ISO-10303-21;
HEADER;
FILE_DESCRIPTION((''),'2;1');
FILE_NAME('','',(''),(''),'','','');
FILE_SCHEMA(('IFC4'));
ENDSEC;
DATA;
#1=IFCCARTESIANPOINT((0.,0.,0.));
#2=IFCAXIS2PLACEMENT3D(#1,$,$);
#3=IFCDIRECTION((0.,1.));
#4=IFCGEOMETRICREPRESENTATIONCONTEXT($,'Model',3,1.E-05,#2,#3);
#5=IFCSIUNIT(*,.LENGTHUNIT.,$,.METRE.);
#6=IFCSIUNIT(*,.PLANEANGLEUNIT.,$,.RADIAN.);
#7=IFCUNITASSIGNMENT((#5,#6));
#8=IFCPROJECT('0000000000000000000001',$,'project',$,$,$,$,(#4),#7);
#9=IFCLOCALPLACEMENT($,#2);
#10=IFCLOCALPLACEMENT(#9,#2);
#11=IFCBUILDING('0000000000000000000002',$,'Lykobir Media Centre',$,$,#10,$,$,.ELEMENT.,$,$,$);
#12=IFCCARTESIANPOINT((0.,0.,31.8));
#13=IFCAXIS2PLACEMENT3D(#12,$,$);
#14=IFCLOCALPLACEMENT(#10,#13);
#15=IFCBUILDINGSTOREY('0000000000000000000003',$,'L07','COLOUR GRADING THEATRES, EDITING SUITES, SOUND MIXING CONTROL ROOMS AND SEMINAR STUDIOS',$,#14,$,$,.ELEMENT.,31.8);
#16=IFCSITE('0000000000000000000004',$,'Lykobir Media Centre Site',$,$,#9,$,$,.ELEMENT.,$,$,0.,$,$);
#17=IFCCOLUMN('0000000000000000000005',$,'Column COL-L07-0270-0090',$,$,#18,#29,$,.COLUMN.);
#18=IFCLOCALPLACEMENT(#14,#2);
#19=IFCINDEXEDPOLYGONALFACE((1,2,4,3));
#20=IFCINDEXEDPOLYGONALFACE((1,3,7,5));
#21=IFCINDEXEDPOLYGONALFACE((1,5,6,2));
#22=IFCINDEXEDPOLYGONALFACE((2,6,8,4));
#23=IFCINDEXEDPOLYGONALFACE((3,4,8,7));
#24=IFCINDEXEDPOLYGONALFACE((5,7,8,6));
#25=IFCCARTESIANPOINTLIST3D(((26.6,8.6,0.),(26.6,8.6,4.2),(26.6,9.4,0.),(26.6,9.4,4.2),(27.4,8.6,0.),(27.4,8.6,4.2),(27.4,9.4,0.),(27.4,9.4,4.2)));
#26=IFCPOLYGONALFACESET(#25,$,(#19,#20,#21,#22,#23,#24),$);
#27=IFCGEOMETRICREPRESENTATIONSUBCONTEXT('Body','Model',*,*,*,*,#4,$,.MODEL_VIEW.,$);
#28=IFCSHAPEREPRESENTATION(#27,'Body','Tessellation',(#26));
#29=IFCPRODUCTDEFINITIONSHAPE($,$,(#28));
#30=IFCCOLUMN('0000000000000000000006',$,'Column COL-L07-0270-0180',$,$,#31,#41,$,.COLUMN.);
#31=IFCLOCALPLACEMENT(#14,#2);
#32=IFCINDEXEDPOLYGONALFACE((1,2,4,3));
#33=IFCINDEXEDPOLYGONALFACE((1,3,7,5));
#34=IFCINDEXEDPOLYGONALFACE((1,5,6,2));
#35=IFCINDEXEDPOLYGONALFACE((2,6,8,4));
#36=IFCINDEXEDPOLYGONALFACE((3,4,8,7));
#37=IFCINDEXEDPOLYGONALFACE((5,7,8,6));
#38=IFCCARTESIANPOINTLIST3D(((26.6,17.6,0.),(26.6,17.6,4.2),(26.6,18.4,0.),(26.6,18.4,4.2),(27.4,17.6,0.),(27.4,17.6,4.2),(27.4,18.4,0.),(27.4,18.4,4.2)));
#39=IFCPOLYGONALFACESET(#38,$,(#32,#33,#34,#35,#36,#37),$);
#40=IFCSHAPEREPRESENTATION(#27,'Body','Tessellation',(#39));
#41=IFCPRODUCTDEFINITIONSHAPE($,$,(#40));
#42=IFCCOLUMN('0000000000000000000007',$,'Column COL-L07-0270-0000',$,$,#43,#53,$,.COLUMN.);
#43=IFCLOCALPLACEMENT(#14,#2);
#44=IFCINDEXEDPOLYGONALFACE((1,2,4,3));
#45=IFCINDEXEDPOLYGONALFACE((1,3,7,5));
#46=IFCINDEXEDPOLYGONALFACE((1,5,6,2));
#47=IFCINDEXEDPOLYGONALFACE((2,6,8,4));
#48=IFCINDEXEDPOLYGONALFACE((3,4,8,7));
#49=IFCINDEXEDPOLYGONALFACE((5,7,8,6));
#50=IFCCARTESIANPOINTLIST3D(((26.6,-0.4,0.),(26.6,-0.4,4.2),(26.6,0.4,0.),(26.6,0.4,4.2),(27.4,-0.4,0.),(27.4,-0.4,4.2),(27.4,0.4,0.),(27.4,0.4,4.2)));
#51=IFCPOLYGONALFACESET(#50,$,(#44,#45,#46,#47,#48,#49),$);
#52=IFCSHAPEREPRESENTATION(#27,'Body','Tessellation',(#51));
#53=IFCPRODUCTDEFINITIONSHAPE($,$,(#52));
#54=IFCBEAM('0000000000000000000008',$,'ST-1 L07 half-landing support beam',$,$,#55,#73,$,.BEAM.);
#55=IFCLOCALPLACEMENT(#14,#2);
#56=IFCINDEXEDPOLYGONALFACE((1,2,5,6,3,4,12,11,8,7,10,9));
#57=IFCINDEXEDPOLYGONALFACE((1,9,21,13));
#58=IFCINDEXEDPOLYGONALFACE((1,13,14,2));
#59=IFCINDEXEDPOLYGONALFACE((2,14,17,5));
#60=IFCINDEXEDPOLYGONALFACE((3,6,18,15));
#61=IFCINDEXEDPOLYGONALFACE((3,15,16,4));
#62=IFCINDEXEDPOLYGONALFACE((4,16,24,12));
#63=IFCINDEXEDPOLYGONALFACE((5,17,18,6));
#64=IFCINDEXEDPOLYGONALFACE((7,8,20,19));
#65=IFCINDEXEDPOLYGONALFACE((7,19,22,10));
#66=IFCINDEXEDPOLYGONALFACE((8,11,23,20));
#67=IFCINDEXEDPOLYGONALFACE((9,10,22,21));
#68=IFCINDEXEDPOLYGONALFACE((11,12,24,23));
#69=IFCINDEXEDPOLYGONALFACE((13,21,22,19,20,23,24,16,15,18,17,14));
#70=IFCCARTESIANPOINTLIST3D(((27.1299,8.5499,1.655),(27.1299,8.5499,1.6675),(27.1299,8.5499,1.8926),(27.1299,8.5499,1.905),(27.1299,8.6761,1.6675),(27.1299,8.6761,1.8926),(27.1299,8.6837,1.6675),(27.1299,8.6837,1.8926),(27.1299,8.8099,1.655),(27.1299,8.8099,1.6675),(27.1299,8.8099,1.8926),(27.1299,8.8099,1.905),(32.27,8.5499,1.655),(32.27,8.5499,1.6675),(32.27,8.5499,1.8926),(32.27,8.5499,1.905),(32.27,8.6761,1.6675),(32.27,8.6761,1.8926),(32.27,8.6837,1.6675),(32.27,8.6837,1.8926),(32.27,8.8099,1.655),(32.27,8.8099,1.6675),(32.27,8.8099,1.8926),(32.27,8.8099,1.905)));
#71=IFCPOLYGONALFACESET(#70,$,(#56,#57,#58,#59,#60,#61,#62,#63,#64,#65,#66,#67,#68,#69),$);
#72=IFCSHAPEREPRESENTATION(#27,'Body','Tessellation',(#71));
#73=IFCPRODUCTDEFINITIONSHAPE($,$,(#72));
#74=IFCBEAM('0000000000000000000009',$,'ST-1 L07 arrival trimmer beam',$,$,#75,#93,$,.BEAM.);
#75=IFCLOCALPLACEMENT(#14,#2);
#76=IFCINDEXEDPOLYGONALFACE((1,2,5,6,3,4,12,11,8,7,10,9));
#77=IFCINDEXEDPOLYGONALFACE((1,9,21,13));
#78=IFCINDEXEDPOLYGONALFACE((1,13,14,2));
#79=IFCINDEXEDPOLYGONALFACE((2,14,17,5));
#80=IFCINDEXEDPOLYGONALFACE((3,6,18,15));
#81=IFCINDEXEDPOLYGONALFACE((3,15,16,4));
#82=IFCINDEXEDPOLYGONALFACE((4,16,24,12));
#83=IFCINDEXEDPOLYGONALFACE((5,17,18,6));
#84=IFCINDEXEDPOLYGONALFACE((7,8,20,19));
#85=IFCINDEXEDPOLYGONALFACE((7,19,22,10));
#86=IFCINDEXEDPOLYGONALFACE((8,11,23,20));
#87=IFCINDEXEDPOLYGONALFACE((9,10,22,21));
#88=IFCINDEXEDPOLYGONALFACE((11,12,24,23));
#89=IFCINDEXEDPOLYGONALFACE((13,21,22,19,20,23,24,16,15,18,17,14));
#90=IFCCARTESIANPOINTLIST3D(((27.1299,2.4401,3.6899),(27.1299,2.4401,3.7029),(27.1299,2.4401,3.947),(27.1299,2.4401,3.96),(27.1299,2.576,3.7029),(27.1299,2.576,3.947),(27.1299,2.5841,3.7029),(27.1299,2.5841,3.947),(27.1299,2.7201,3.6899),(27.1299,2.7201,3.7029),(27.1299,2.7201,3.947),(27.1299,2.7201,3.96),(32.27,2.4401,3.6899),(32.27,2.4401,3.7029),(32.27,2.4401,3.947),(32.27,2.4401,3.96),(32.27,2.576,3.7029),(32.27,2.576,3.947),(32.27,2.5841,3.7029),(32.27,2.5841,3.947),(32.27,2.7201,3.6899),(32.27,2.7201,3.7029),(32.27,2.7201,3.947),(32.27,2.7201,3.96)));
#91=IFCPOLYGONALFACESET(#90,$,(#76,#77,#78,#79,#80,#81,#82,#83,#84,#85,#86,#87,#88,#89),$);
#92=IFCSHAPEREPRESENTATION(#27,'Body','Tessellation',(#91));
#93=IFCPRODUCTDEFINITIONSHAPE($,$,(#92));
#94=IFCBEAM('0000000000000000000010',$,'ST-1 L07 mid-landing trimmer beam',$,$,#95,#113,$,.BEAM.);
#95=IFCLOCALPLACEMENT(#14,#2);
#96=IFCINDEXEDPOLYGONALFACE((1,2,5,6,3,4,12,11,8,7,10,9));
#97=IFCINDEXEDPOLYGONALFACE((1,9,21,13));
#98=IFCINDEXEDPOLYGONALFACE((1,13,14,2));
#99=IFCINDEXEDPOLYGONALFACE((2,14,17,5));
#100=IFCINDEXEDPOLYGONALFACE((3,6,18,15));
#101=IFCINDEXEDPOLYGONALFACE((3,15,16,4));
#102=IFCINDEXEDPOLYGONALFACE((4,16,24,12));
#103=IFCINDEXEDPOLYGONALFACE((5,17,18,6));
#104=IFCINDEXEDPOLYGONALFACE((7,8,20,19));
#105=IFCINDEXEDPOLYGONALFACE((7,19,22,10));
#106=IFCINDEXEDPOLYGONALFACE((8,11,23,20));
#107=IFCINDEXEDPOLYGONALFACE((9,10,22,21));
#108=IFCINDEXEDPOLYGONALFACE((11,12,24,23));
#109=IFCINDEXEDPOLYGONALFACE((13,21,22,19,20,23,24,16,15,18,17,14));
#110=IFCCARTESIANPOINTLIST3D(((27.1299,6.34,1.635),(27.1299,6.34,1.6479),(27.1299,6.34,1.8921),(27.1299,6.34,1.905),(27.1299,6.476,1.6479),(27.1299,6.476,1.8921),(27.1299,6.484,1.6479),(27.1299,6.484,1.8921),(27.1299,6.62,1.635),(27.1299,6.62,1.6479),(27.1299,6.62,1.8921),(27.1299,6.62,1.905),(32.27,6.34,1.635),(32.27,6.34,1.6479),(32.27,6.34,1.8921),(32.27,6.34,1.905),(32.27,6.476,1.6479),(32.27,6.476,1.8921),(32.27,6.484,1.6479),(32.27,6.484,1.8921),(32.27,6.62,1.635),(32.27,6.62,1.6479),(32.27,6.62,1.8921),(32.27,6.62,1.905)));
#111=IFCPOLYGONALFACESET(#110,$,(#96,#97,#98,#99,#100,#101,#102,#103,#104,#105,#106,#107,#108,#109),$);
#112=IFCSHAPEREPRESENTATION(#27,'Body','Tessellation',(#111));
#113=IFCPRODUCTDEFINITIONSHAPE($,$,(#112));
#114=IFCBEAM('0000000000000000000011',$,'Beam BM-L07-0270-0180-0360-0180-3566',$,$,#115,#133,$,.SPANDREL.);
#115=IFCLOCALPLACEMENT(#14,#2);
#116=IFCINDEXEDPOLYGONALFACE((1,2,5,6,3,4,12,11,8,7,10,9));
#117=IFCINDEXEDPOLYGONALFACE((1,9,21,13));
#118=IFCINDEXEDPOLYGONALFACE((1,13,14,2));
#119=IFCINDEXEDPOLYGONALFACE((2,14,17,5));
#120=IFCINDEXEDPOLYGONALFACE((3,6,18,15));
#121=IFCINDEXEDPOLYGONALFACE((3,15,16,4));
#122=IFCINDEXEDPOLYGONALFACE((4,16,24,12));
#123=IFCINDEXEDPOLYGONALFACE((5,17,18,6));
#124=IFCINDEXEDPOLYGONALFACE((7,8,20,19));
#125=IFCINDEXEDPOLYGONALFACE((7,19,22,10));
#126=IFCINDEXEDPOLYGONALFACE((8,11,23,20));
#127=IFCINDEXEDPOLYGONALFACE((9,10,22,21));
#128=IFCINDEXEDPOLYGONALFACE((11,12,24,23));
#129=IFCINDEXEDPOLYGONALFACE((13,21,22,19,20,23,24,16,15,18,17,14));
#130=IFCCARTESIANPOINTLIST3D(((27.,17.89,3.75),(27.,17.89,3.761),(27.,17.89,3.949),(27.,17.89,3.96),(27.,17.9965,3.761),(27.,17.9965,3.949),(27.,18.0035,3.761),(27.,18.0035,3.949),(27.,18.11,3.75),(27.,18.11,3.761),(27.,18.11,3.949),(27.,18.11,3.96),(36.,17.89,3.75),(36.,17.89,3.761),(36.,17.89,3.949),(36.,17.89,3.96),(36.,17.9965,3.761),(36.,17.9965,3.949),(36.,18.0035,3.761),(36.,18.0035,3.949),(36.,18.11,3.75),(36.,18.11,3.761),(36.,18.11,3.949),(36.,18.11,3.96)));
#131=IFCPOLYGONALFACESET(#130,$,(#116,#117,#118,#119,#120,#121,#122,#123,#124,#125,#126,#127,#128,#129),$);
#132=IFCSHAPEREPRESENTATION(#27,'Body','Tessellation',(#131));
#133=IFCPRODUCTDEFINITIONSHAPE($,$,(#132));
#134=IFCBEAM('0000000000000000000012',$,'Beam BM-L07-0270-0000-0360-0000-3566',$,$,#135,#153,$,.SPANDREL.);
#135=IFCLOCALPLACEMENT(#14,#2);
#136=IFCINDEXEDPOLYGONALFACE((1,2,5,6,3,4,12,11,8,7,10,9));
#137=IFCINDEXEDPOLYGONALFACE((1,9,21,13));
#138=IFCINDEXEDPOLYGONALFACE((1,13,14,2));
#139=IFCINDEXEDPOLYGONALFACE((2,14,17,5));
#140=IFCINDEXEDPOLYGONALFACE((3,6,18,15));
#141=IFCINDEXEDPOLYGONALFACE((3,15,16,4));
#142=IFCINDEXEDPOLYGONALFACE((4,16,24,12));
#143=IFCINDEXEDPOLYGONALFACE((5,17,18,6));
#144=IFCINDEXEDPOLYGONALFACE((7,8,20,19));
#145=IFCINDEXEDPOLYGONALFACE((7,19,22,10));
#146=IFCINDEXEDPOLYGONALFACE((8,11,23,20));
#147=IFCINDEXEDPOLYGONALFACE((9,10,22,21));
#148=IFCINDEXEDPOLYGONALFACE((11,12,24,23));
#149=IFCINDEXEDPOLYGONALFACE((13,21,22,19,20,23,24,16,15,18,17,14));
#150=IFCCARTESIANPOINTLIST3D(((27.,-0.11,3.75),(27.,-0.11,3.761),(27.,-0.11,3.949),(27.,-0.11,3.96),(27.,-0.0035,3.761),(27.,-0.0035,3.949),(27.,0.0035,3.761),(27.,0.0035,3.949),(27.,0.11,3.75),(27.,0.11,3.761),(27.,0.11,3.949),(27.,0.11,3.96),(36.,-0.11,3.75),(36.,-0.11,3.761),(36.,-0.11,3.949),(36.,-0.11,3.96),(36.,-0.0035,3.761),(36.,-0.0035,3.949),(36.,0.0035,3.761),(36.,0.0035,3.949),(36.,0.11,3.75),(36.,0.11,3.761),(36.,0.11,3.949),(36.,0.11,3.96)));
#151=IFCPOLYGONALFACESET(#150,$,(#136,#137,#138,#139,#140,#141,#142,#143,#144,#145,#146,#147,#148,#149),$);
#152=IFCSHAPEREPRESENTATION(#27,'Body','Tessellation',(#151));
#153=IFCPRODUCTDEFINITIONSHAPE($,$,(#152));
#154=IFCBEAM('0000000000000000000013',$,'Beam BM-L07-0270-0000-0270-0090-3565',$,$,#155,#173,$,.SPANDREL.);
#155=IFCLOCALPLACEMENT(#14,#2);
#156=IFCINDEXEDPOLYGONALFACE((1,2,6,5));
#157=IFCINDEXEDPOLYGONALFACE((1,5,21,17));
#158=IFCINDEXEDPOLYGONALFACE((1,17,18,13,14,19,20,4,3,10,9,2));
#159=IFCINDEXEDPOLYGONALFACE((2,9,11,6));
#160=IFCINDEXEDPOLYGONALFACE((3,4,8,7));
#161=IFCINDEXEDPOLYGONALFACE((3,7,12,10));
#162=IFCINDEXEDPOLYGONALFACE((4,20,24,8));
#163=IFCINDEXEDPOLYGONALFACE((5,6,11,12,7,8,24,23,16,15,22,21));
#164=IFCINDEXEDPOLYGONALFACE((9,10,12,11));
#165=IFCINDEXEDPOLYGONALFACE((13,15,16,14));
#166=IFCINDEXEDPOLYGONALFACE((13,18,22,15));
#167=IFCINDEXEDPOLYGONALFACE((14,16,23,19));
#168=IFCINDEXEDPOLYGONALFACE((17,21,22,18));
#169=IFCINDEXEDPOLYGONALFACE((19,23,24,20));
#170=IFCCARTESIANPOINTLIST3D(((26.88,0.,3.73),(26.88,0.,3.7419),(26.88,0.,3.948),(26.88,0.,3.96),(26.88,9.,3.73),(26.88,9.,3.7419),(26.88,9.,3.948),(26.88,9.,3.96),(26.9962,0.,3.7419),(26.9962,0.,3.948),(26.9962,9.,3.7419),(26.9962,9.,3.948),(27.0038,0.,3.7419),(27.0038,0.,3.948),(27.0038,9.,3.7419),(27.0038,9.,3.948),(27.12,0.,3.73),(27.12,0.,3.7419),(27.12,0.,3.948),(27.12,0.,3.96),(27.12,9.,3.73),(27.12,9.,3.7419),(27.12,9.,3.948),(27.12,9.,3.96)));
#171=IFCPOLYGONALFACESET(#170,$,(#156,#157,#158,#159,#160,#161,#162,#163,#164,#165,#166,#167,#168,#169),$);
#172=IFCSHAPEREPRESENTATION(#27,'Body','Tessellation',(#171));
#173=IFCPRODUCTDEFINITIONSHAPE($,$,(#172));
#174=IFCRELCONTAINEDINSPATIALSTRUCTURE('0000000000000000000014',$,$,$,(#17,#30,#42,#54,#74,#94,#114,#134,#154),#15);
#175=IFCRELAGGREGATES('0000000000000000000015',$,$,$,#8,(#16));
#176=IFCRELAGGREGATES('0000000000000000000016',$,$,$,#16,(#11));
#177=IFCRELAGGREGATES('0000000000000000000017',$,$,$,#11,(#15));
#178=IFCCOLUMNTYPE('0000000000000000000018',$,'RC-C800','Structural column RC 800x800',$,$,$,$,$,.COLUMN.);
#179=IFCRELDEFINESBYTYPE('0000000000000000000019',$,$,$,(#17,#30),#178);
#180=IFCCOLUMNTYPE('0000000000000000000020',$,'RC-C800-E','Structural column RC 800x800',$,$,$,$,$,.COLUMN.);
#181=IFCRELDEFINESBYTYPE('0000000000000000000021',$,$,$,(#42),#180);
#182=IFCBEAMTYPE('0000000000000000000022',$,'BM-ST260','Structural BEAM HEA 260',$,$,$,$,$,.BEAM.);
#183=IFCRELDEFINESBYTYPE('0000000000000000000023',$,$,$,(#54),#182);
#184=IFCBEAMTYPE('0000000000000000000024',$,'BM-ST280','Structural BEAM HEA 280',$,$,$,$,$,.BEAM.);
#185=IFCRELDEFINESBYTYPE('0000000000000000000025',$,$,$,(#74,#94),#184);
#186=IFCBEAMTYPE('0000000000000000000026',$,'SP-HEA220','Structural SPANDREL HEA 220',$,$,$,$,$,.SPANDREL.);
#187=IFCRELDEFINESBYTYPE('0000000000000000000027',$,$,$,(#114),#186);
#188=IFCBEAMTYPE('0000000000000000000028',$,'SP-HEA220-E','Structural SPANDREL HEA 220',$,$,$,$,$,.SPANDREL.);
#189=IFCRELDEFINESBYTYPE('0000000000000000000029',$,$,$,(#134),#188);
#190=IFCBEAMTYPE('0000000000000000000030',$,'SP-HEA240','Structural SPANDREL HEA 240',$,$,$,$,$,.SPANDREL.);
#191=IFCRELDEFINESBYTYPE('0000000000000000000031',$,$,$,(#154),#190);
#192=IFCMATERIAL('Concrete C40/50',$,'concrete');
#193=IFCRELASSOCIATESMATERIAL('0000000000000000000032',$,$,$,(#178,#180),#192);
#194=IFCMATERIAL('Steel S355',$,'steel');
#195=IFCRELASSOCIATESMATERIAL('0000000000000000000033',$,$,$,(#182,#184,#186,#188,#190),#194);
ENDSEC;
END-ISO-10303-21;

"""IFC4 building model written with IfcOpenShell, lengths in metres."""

from ifc_helpers import new_model, si_unit, direction, frame, origin, origin_2d, place, context, subcontext, project, spatial, rectangle, i_section, extrude, material, material_profile, profile_set, type_object, element, save


model = new_model("IFC4")

# Units and contexts
model_context = context("Model", 3, precision=1e-05, world=origin(), true_north=direction((0.0, 1.0)))
body_context = subcontext(model_context, "Body", "Model", "MODEL_VIEW")
ifc_project = project(units=[si_unit("LENGTHUNIT", "METRE"), si_unit("PLANEANGLEUNIT", "RADIAN")], contexts=[model_context])

# Site, building, storey
site_placement = place(None, origin())
site = spatial("IfcSite", under=ifc_project, at=site_placement, Name="Lykobir Media Centre Site", CompositionType="ELEMENT", RefElevation=0.0)
building_placement = place(site_placement, origin())
building = spatial("IfcBuilding", under=site, at=building_placement, Name="Lykobir Media Centre", CompositionType="ELEMENT")
storey_placement = place(building_placement, frame((0.0, 0.0, 31.8)))
storey = spatial("IfcBuildingStorey", under=building, at=storey_placement, Name="L07", Description="COLOUR GRADING THEATRES, EDITING SUITES, SOUND MIXING CONTROL ROOMS AND SEMINAR STUDIOS", CompositionType="ELEMENT", Elevation=31.8)

# Columns
ifc_material_1 = material(Name="Concrete C40/50", Category="concrete")
ifc_material_profile_1 = material_profile(ifc_material_1, rectangle(XDim=0.8, YDim=0.8, at=origin_2d()), Name="RC 800x800")
ifc_profile_set_1 = profile_set([ifc_material_profile_1], Name="Concrete C40/50")
column_type_1 = type_object("IfcColumnType", Name="RC-C800", Description="Structural column RC 800x800", PredefinedType="COLUMN", material=ifc_profile_set_1)
for number, where, z_axis, x_axis, name in (
    (1, (27.0, 9.0, 0.0), (0.0, 0.0, 1.0), (1.0, 0.0, 0.0), "Column COL-L07-0270-0090"),
    (2, (27.0, 18.0, 0.0), (0.0, 0.0, 1.0), (1.0, 0.0, 0.0), "Column COL-L07-0270-0180"),
):
    element("IfcColumn", number, at=place(storey_placement, frame(where, z_axis=z_axis, x_axis=x_axis)), inside=storey, type_object=column_type_1, Name=name, PredefinedType="COLUMN", context=body_context, shape_type="SweptSolid", body=[
        extrude(rectangle(XDim=0.8, YDim=0.8, at=origin_2d()), origin(), (0.0, 0.0, 1.0), 4.2),
    ])
ifc_material_profile_2 = material_profile(ifc_material_1, rectangle(XDim=0.8, YDim=0.8, at=origin_2d()), Name="RC 800x800")
ifc_profile_set_2 = profile_set([ifc_material_profile_2], Name="Concrete C40/50")
column_type_2 = type_object("IfcColumnType", Name="RC-C800-E", Description="Structural column RC 800x800", PredefinedType="COLUMN", material=ifc_profile_set_2)
column_placement = place(storey_placement, frame((27.0, 0.0, 0.0), z_axis=(0.0, 0.0, 1.0), x_axis=(1.0, 0.0, 0.0)))
element("IfcColumn", 3, at=column_placement, inside=storey, type_object=column_type_2, Name="Column COL-L07-0270-0000", PredefinedType="COLUMN", context=body_context, shape_type="SweptSolid", body=[
    extrude(rectangle(XDim=0.8, YDim=0.8, at=origin_2d()), origin(), (0.0, 0.0, 1.0), 4.2),
])

# Beams
ifc_material_2 = material(Name="Steel S355", Category="steel")
ifc_material_profile_3 = material_profile(ifc_material_2, i_section(OverallWidth=0.26, OverallDepth=0.25, WebThickness=0.0076, FlangeThickness=0.0125, at=origin_2d()), Name="HEA 260")
ifc_profile_set_3 = profile_set([ifc_material_profile_3], Name="Steel S355")
beam_type_1 = type_object("IfcBeamType", Name="BM-ST260", Description="Structural BEAM HEA 260", PredefinedType="BEAM", material=ifc_profile_set_3)
beam_1_placement = place(storey_placement, frame((27.1299, 8.6799, 1.78), z_axis=(1.0, 0.0, 0.0), x_axis=(0.0, 1.0, 0.0)))
element("IfcBeam", 4, at=beam_1_placement, inside=storey, type_object=beam_type_1, Name="ST-1 L07 half-landing support beam", PredefinedType="BEAM", context=body_context, shape_type="SweptSolid", body=[
    extrude(i_section(OverallWidth=0.26, OverallDepth=0.25, WebThickness=0.0076, FlangeThickness=0.0125, at=origin_2d()), origin(), (0.0, 0.0, 1.0), 5.1401),
])
ifc_material_profile_4 = material_profile(ifc_material_2, i_section(OverallWidth=0.28, OverallDepth=0.27, WebThickness=0.0081, FlangeThickness=0.0129, at=origin_2d()), Name="HEA 280")
ifc_profile_set_4 = profile_set([ifc_material_profile_4], Name="Steel S355")
beam_type_2 = type_object("IfcBeamType", Name="BM-ST280", Description="Structural BEAM HEA 280", PredefinedType="BEAM", material=ifc_profile_set_4)
for number, where, z_axis, x_axis, name in (
    (5, (27.1299, 2.5801, 3.825), (1.0, 0.0, 0.0), (0.0, 1.0, 0.0), "ST-1 L07 arrival trimmer beam"),
    (6, (27.1299, 6.48, 1.77), (1.0, 0.0, 0.0), (0.0, 1.0, 0.0), "ST-1 L07 mid-landing trimmer beam"),
):
    element("IfcBeam", number, at=place(storey_placement, frame(where, z_axis=z_axis, x_axis=x_axis)), inside=storey, type_object=beam_type_2, Name=name, PredefinedType="BEAM", context=body_context, shape_type="SweptSolid", body=[
        extrude(i_section(OverallWidth=0.28, OverallDepth=0.27, WebThickness=0.0081, FlangeThickness=0.0129, at=origin_2d()), origin(), (0.0, 0.0, 1.0), 5.1401),
    ])
ifc_material_profile_5 = material_profile(ifc_material_2, i_section(OverallWidth=0.22, OverallDepth=0.21, WebThickness=0.0071, FlangeThickness=0.011, at=origin_2d()), Name="HEA 220")
ifc_profile_set_5 = profile_set([ifc_material_profile_5], Name="Steel S355")
beam_type_3 = type_object("IfcBeamType", Name="SP-HEA220", Description="Structural SPANDREL HEA 220", PredefinedType="SPANDREL", material=ifc_profile_set_5)
beam_2_placement = place(storey_placement, frame((27.0, 18.0, 3.855), z_axis=(1.0, 0.0, 0.0), x_axis=(0.0, 1.0, 0.0)))
element("IfcBeam", 7, at=beam_2_placement, inside=storey, type_object=beam_type_3, Name="Beam BM-L07-0270-0180-0360-0180-3566", PredefinedType="SPANDREL", context=body_context, shape_type="SweptSolid", body=[
    extrude(i_section(OverallWidth=0.22, OverallDepth=0.21, WebThickness=0.0071, FlangeThickness=0.011, at=origin_2d()), origin(), (0.0, 0.0, 1.0), 9.0),
])
ifc_material_profile_6 = material_profile(ifc_material_2, i_section(OverallWidth=0.22, OverallDepth=0.21, WebThickness=0.0071, FlangeThickness=0.011, at=origin_2d()), Name="HEA 220")
ifc_profile_set_6 = profile_set([ifc_material_profile_6], Name="Steel S355")
beam_type_4 = type_object("IfcBeamType", Name="SP-HEA220-E", Description="Structural SPANDREL HEA 220", PredefinedType="SPANDREL", material=ifc_profile_set_6)
beam_3_placement = place(storey_placement, frame((27.0, 0.0, 3.855), z_axis=(1.0, 0.0, 0.0), x_axis=(0.0, 1.0, 0.0)))
element("IfcBeam", 8, at=beam_3_placement, inside=storey, type_object=beam_type_4, Name="Beam BM-L07-0270-0000-0360-0000-3566", PredefinedType="SPANDREL", context=body_context, shape_type="SweptSolid", body=[
    extrude(i_section(OverallWidth=0.22, OverallDepth=0.21, WebThickness=0.0071, FlangeThickness=0.011, at=origin_2d()), origin(), (0.0, 0.0, 1.0), 9.0),
])
ifc_material_profile_7 = material_profile(ifc_material_2, i_section(OverallWidth=0.24, OverallDepth=0.23, WebThickness=0.0076, FlangeThickness=0.012, at=origin_2d()), Name="HEA 240")
ifc_profile_set_7 = profile_set([ifc_material_profile_7], Name="Steel S355")
beam_type_5 = type_object("IfcBeamType", Name="SP-HEA240", Description="Structural SPANDREL HEA 240", PredefinedType="SPANDREL", material=ifc_profile_set_7)
for number, where, z_axis, x_axis, name in (
    (9, (27.0, 0.0, 3.845), (0.0, 1.0, 0.0), (-1.0, 0.0, 0.0), "Beam BM-L07-0270-0000-0270-0090-3565"),
):
    element("IfcBeam", number, at=place(storey_placement, frame(where, z_axis=z_axis, x_axis=x_axis)), inside=storey, type_object=beam_type_5, Name=name, PredefinedType="SPANDREL", context=body_context, shape_type="SweptSolid", body=[
        extrude(i_section(OverallWidth=0.24, OverallDepth=0.23, WebThickness=0.0076, FlangeThickness=0.012, at=origin_2d()), origin(), (0.0, 0.0, 1.0), 9.0),
    ])

save(model, "model.ifc")
